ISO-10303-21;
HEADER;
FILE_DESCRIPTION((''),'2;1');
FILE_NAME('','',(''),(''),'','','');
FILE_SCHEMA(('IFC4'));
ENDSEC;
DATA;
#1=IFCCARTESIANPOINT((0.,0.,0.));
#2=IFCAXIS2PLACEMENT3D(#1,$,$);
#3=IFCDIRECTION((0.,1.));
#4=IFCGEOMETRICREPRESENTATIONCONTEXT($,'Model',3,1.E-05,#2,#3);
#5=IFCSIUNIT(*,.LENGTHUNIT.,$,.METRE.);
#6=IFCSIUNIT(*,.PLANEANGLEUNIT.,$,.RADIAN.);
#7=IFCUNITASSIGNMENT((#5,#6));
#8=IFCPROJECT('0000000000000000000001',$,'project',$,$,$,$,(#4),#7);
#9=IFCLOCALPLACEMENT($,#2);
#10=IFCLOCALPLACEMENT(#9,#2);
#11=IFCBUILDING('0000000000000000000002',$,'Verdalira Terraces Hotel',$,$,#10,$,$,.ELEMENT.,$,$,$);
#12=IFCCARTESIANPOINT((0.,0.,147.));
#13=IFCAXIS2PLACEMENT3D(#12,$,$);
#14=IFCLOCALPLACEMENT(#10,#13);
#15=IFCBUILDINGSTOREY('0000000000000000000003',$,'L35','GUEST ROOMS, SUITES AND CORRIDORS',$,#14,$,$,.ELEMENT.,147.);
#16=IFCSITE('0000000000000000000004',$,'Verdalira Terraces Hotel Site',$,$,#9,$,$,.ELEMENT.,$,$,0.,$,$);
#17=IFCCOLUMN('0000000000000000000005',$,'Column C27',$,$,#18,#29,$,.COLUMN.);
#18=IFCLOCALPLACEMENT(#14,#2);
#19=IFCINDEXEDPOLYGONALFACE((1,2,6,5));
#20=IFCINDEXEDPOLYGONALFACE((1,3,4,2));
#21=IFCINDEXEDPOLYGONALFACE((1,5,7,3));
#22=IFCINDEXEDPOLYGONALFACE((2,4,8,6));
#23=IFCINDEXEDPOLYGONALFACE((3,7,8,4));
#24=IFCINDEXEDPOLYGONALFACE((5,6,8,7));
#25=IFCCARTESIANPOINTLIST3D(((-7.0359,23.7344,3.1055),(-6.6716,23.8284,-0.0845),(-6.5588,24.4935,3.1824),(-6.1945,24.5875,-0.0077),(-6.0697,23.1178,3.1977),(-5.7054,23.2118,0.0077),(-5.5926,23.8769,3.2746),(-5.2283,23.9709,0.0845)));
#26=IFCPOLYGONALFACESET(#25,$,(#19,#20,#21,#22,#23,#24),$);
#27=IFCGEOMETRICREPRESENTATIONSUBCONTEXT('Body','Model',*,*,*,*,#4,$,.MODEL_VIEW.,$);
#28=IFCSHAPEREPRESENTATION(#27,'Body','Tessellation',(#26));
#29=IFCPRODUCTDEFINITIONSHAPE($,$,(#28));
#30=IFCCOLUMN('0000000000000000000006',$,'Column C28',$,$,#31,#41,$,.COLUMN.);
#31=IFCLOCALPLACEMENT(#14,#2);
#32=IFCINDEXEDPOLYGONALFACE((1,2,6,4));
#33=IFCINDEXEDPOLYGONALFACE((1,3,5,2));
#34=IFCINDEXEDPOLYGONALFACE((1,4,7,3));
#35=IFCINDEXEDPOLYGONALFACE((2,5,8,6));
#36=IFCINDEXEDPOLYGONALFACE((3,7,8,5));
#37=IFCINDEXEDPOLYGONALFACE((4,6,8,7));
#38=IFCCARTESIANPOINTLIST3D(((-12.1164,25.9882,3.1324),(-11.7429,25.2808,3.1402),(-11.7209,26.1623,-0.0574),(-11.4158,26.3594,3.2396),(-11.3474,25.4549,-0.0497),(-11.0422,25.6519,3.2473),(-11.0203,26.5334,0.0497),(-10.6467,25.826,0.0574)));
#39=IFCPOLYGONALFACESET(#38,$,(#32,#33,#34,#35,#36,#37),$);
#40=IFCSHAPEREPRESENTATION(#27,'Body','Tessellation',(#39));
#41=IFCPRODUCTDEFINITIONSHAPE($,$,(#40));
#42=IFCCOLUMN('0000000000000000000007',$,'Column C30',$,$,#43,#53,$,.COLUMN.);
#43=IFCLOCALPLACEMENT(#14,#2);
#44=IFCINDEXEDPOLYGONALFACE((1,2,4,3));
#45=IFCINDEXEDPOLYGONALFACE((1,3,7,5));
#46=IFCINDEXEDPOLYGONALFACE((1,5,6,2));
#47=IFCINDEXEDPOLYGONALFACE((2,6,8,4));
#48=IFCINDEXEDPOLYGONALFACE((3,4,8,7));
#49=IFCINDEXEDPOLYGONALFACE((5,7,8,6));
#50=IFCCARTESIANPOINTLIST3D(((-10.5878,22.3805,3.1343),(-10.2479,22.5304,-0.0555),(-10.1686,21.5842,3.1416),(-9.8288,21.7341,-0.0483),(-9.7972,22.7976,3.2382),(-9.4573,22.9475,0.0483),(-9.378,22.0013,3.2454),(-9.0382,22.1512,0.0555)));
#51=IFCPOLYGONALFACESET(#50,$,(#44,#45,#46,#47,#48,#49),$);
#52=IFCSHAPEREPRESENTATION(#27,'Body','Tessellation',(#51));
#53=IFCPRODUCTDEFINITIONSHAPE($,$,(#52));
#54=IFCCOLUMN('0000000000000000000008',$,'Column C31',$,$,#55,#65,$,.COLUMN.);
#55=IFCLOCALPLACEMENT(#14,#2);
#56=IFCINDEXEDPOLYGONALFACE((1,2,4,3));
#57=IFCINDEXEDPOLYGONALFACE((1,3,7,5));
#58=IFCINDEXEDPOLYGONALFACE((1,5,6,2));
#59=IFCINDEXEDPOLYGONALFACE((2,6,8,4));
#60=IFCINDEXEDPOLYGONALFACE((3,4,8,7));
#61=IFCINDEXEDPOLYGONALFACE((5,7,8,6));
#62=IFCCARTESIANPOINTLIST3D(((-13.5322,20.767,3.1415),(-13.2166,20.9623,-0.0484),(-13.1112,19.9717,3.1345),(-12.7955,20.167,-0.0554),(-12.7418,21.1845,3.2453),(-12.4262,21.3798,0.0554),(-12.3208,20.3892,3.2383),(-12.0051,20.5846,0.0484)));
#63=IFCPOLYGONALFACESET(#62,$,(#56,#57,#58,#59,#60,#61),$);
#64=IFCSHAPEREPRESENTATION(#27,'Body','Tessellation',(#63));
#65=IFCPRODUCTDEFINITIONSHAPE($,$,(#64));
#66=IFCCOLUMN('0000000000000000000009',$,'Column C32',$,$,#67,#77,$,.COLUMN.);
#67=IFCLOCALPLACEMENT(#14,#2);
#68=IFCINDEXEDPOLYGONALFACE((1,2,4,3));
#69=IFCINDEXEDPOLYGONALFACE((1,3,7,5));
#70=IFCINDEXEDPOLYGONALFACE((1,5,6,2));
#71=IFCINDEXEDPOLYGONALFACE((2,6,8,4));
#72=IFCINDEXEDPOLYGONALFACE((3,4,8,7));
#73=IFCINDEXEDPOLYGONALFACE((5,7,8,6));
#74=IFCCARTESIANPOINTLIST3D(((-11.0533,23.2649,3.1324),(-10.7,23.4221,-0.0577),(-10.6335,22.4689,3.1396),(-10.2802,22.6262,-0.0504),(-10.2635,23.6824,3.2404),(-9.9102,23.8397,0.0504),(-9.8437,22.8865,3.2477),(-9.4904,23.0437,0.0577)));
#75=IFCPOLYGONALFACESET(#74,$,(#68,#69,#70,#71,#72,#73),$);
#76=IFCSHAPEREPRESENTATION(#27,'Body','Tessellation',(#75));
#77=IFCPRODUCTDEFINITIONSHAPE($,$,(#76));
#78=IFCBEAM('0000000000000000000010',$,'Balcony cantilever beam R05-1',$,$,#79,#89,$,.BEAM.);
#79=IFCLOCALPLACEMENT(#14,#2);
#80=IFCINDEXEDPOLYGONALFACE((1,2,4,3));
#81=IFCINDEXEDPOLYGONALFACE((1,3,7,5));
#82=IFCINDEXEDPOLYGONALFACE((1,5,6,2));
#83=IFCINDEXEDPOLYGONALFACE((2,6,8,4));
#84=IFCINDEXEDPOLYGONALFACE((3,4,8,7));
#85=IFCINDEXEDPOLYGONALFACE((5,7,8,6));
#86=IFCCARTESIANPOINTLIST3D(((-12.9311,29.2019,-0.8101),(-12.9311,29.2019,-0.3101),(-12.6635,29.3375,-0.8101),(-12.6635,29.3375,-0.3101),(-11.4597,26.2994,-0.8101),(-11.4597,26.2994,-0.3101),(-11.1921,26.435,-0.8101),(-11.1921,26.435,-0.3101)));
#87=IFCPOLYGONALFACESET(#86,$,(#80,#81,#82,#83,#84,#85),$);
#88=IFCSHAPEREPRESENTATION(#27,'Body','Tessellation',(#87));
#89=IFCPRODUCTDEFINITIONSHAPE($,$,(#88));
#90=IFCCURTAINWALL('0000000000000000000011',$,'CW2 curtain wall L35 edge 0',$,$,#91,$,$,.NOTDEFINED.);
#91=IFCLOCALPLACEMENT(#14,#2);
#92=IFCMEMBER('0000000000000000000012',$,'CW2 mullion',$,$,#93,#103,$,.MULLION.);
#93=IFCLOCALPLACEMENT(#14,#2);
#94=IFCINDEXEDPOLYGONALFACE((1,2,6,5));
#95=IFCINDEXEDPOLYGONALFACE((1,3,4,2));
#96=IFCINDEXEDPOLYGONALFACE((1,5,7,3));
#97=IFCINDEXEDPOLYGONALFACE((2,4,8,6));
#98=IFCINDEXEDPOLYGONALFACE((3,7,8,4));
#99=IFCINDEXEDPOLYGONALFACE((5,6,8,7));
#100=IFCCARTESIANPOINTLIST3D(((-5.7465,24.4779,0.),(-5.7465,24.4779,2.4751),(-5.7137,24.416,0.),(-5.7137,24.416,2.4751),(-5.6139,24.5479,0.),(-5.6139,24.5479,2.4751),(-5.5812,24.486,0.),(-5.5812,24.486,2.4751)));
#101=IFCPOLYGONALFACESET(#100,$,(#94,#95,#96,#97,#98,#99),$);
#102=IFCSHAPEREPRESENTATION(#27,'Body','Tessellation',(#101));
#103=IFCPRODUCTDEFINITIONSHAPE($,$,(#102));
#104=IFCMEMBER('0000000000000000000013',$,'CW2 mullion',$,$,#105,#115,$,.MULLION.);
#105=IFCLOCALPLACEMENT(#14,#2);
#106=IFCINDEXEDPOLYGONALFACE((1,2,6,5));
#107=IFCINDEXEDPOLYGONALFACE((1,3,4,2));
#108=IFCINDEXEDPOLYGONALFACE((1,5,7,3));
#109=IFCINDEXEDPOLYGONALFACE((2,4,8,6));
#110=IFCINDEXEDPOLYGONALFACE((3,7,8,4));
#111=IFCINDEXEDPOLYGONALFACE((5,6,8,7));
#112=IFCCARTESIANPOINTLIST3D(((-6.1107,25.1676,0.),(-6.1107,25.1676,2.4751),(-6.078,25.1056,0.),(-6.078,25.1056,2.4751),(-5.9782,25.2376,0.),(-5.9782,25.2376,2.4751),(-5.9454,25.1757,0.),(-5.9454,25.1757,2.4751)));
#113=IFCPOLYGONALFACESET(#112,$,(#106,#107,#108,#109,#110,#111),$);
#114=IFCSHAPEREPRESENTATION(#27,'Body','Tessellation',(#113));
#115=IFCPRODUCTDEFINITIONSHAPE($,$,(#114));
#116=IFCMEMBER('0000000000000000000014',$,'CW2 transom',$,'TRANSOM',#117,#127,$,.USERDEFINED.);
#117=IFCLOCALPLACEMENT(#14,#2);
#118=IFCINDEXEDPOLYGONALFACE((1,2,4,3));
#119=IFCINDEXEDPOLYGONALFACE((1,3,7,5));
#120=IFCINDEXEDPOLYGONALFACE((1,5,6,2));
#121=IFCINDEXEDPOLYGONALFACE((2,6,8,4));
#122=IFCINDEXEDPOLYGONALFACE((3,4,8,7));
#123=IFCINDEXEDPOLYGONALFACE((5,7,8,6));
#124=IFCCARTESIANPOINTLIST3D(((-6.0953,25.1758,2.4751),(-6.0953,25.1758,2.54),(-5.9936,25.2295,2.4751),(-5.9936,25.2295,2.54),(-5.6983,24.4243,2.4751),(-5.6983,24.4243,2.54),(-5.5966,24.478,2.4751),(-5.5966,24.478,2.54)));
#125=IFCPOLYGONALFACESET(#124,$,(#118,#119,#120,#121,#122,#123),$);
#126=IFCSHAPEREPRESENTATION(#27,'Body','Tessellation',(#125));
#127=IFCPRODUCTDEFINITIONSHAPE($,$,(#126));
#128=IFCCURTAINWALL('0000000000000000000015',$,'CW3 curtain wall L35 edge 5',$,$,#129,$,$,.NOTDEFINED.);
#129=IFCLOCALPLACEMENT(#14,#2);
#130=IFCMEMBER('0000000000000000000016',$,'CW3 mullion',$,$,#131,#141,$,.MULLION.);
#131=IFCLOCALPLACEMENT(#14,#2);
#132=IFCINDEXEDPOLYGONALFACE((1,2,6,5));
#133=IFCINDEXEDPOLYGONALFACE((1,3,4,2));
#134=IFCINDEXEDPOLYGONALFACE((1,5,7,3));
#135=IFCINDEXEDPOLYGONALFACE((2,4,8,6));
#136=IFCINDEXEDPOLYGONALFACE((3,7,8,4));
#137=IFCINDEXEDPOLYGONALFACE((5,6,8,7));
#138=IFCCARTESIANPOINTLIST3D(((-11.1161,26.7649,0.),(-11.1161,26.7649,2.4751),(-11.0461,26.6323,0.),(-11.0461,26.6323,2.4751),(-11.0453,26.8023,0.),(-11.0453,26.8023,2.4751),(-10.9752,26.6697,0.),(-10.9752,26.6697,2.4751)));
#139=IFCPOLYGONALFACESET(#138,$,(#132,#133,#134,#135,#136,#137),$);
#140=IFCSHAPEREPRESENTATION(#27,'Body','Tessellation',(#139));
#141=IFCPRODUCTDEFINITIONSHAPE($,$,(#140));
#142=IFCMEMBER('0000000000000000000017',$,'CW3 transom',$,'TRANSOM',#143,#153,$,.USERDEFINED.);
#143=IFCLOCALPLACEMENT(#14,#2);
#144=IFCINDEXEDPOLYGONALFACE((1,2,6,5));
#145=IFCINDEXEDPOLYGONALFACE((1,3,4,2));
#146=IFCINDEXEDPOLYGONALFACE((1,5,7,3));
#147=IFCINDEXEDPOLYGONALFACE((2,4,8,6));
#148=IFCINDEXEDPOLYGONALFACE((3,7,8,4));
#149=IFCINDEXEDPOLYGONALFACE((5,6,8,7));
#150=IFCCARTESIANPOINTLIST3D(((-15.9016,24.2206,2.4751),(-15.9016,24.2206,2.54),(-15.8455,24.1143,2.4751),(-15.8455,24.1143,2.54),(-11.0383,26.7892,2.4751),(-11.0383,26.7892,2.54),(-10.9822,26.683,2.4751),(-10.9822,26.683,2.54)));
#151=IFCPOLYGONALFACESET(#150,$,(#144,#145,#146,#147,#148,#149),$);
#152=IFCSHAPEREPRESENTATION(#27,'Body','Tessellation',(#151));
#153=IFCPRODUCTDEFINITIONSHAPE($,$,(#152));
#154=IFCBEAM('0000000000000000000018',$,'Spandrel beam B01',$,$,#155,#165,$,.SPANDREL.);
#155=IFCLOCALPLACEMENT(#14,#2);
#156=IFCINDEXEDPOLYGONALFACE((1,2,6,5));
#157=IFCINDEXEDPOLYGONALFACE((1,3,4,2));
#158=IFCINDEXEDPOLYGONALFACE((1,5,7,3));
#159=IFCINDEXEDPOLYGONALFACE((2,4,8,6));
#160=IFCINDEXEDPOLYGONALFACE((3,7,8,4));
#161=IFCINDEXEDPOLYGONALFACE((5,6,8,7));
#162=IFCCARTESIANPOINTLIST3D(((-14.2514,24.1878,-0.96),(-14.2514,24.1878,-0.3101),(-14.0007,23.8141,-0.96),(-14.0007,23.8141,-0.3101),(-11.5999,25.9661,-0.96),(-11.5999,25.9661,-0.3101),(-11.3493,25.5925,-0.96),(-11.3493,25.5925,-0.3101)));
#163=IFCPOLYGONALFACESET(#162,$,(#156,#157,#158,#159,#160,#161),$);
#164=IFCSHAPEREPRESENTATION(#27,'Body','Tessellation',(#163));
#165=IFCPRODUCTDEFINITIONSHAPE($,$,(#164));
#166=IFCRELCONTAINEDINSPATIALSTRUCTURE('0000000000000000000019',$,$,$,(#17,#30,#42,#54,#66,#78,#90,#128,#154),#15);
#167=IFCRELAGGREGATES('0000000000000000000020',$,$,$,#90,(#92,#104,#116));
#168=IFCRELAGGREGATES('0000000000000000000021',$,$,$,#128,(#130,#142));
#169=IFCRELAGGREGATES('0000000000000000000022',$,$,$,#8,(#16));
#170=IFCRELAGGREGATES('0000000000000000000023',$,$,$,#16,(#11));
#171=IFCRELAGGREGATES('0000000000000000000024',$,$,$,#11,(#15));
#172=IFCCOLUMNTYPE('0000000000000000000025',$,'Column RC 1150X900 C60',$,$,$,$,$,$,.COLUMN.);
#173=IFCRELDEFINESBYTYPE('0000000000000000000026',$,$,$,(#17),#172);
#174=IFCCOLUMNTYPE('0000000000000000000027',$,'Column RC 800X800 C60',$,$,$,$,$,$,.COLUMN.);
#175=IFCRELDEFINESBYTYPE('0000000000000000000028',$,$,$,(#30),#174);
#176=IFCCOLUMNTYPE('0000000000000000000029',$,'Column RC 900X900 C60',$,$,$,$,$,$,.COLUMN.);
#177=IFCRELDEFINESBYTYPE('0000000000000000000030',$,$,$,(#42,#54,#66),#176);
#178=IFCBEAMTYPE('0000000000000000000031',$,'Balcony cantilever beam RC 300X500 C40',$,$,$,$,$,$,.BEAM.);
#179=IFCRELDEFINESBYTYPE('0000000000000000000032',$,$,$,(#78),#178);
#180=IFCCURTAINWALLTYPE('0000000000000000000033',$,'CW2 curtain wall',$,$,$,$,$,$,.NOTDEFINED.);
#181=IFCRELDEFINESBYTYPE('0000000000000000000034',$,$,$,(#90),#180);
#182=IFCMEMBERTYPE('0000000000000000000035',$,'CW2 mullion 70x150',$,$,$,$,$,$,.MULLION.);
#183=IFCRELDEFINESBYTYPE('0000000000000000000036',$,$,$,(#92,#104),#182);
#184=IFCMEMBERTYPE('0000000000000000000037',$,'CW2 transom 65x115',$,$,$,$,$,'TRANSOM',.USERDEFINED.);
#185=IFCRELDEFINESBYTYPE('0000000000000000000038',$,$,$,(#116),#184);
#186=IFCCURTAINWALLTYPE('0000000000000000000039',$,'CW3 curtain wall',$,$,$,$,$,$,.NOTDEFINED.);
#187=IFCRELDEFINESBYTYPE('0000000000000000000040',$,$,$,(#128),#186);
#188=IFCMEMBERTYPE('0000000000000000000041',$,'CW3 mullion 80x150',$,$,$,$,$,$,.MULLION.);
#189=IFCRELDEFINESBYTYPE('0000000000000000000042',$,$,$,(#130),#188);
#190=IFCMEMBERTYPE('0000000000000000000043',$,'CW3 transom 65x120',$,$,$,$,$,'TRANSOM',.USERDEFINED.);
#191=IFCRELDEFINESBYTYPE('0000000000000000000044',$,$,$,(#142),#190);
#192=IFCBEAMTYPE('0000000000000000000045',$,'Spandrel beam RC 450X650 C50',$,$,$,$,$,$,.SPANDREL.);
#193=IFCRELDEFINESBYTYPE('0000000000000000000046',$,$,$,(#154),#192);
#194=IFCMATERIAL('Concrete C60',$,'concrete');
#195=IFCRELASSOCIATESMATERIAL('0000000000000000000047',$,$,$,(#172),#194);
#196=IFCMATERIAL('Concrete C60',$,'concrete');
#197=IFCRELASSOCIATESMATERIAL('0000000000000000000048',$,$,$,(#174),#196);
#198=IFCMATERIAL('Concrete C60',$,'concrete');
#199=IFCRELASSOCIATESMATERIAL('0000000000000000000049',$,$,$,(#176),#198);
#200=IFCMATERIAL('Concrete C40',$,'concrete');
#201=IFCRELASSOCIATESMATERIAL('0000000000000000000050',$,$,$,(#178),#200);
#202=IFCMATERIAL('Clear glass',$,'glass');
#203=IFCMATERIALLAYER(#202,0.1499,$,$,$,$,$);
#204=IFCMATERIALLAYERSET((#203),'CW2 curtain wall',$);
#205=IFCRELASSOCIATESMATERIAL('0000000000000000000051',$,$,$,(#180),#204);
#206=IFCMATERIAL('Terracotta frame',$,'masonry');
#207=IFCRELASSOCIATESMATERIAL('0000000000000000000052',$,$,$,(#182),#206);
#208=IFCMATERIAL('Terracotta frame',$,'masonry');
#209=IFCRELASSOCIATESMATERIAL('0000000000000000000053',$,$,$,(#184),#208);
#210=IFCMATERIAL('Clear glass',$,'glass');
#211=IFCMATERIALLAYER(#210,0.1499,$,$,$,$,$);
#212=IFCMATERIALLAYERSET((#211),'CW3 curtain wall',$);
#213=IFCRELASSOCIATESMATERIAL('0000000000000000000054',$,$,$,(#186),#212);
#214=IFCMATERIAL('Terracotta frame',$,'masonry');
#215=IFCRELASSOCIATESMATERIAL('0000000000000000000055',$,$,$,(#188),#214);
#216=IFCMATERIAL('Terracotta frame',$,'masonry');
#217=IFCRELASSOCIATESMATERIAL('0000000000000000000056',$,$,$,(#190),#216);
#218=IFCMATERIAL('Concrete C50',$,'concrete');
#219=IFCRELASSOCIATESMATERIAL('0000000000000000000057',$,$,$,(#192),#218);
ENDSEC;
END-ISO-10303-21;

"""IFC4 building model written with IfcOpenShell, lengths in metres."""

from ifc_helpers import new_model, si_unit, direction, frame, origin, origin_2d, place, context, subcontext, project, spatial, rectangle, extrude, material, layer, layer_set, material_profile, profile_set, type_object, element, aggregate, save


model = new_model("IFC4")

# Units and contexts
model_context = context("Model", 3, precision=1e-05, world=origin(), true_north=direction((0.0, 1.0)))
body_context = subcontext(model_context, "Body", "Model", "MODEL_VIEW")
ifc_project = project(units=[si_unit("LENGTHUNIT", "METRE"), si_unit("PLANEANGLEUNIT", "RADIAN")], contexts=[model_context])

# Site, building, storey
site_placement = place(None, origin())
site = spatial("IfcSite", under=ifc_project, at=site_placement, Name="Verdalira Terraces Hotel Site", CompositionType="ELEMENT", RefElevation=0.0)
building_placement = place(site_placement, origin())
building = spatial("IfcBuilding", under=site, at=building_placement, Name="Verdalira Terraces Hotel", CompositionType="ELEMENT")
storey_placement = place(building_placement, frame((0.0, 0.0, 147.0)))
storey = spatial("IfcBuildingStorey", under=building, at=storey_placement, Name="L35", Description="GUEST ROOMS, SUITES AND CORRIDORS", CompositionType="ELEMENT", Elevation=147.0)

# Columns
ifc_material_1 = material(Name="Concrete C60", Category="concrete")
ifc_material_profile_1 = material_profile(ifc_material_1, rectangle(XDim=1.1499, YDim=0.8999, at=origin_2d()), Name="RC 1150X900")
ifc_profile_set_1 = profile_set([ifc_material_profile_1], Name="Concrete C60")
column_type_1 = type_object("IfcColumnType", Name="Column RC 1150X900 C60", PredefinedType="COLUMN", material=ifc_profile_set_1)
column_1_placement = place(storey_placement, frame((-5.95, 23.8997, 0.0), z_axis=(-0.113404, -0.029263, 0.993118), x_axis=(0.840254, -0.536237, 0.080148)))
element("IfcColumn", 1, at=column_1_placement, inside=storey, type_object=column_type_1, Name="Column C27", PredefinedType="COLUMN", context=body_context, shape_type="SweptSolid", body=[
    extrude(rectangle(XDim=1.1499, YDim=0.8999, at=origin_2d()), origin(), (0.0, 0.0, 1.0), 3.2122),
])
ifc_material_2 = material(Name="Concrete C60", Category="concrete")
ifc_material_profile_2 = material_profile(ifc_material_2, rectangle(XDim=0.8, YDim=0.8, at=origin_2d()), Name="RC 800X800")
ifc_profile_set_2 = profile_set([ifc_material_profile_2], Name="Concrete C60")
column_type_2 = type_object("IfcColumnType", Name="Column RC 800X800 C60", PredefinedType="COLUMN", material=ifc_profile_set_2)
column_2_placement = place(storey_placement, frame((-11.1838, 25.9941, 0.0), z_axis=(-0.122864, -0.054075, 0.990949), x_axis=(-0.875723, -0.463877, -0.133891)))
element("IfcColumn", 2, at=column_2_placement, inside=storey, type_object=column_type_2, Name="Column C28", PredefinedType="COLUMN", context=body_context, shape_type="SweptSolid", body=[
    extrude(rectangle(XDim=0.8, YDim=0.8, at=origin_2d()), origin(), (0.0, 0.0, 1.0), 3.219),
])
ifc_material_3 = material(Name="Concrete C60", Category="concrete")
ifc_material_profile_3 = material_profile(ifc_material_3, rectangle(XDim=0.8999, YDim=0.8999, at=origin_2d()), Name="RC 900X900")
ifc_profile_set_3 = profile_set([ifc_material_profile_3], Name="Concrete C60")
column_type_3 = type_object("IfcColumnType", Name="Column RC 900X900 C60", PredefinedType="COLUMN", material=ifc_profile_set_3)
for number, where, z_axis, x_axis, name in (
    (3, (-9.6431, 22.3408, 0.0), (-0.105821, -0.046677, 0.993289), (-0.465784, 0.884862, -0.008041), "Column C30"),
    (4, (-12.6108, 20.7734, 0.0), (-0.098296, -0.060817, 0.993297), (-0.46787, 0.883763, 0.007811), "Column C31"),
):
    element("IfcColumn", number, at=place(storey_placement, frame(where, z_axis=z_axis, x_axis=x_axis)), inside=storey, type_object=column_type_3, Name=name, PredefinedType="COLUMN", context=body_context, shape_type="SweptSolid", body=[
        extrude(rectangle(XDim=0.8999, YDim=0.8999, at=origin_2d()), origin(), (0.0, 0.0, 1.0), 3.2114),
    ])
column_3_placement = place(storey_placement, frame((-10.0952, 23.2329, 0.0), z_axis=(-0.109941, -0.04893, 0.992733), x_axis=(-0.466527, 0.88447, -0.008072)))
element("IfcColumn", 5, at=column_3_placement, inside=storey, type_object=column_type_3, Name="Column C32", PredefinedType="COLUMN", context=body_context, shape_type="SweptSolid", body=[
    extrude(rectangle(XDim=0.8999, YDim=0.8999, at=origin_2d()), origin(), (0.0, 0.0, 1.0), 3.2134),
])

# Beam
ifc_material_4 = material(Name="Concrete C40", Category="concrete")
ifc_material_profile_4 = material_profile(ifc_material_4, rectangle(XDim=0.3, YDim=0.5, at=origin_2d()), Name="RC 300X500")
ifc_profile_set_4 = profile_set([ifc_material_profile_4], Name="Concrete C40")
beam_type_1 = type_object("IfcBeamType", Name="Balcony cantilever beam RC 300X500 C40", PredefinedType="BEAM", material=ifc_profile_set_4)
beam_1_placement = place(storey_placement, frame((-11.3259, 26.3672, -0.5601), z_axis=(-0.452158, 0.891938, 0.0), x_axis=(-0.891938, -0.452158, 0.0)))
element("IfcBeam", 6, at=beam_1_placement, inside=storey, type_object=beam_type_1, Name="Balcony cantilever beam R05-1", PredefinedType="BEAM", context=body_context, shape_type="SweptSolid", body=[
    extrude(rectangle(XDim=0.3, YDim=0.5, at=origin_2d()), origin(), (0.0, 0.0, 1.0), 3.2542),
])

# Curtain walls, members
ifc_material_5 = material(Name="Clear glass", Category="glass")
ifc_layer_1 = layer(ifc_material_5, 0.1499)
ifc_layer_set_1 = layer_set([ifc_layer_1], Name="CW2 curtain wall")
curtain_wall_type_1 = type_object("IfcCurtainWallType", Name="CW2 curtain wall", PredefinedType="NOTDEFINED", material=ifc_layer_set_1)
curtain_wall_1_placement = place(storey_placement, origin())
curtain_wall_1 = element("IfcCurtainWall", 7, at=curtain_wall_1_placement, inside=storey, type_object=curtain_wall_type_1, Name="CW2 curtain wall L35 edge 0", PredefinedType="NOTDEFINED")
ifc_material_6 = material(Name="Terracotta frame", Category="masonry")
ifc_material_profile_5 = material_profile(ifc_material_6, rectangle(XDim=0.0701, YDim=0.1499, at=origin_2d()), Name="MU 70x150")
ifc_profile_set_5 = profile_set([ifc_material_profile_5], Name="Terracotta frame")
member_type_1 = type_object("IfcMemberType", Name="CW2 mullion 70x150", PredefinedType="MULLION", material=ifc_profile_set_5)
member_1_placement = place(storey_placement, frame((-5.6638, 24.4819, 0.0), z_axis=(0.0, 0.0, 1.0), x_axis=(-0.467004, 0.884255, 0.0)))
member_1 = element("IfcMember", 8, at=member_1_placement, type_object=member_type_1, Name="CW2 mullion", PredefinedType="MULLION", context=body_context, shape_type="SweptSolid", body=[
    extrude(rectangle(XDim=0.0701, YDim=0.1499, at=origin_2d()), origin(), (0.0, 0.0, 1.0), 2.4751),
])
member_2_placement = place(storey_placement, frame((-6.0281, 25.1716, 0.0), z_axis=(0.0, 0.0, 1.0), x_axis=(-0.467004, 0.884255, 0.0)))
member_2 = element("IfcMember", 9, at=member_2_placement, type_object=member_type_1, Name="CW2 mullion", PredefinedType="MULLION", context=body_context, shape_type="SweptSolid", body=[
    extrude(rectangle(XDim=0.0701, YDim=0.1499, at=origin_2d()), origin(), (0.0, 0.0, 1.0), 2.4751),
])
ifc_material_7 = material(Name="Terracotta frame", Category="masonry")
ifc_material_profile_6 = material_profile(ifc_material_7, rectangle(XDim=0.115, YDim=0.0649, at=origin_2d()), Name="TR 65x115")
ifc_profile_set_6 = profile_set([ifc_material_profile_6], Name="Terracotta frame")
member_type_2 = type_object("IfcMemberType", Name="CW2 transom 65x115", ElementType="TRANSOM", PredefinedType="USERDEFINED", material=ifc_profile_set_6)
member_3_placement = place(storey_placement, frame((-5.6475, 24.4512, 2.5076), z_axis=(-0.467096, 0.884207, 0.0), x_axis=(-0.884207, -0.467096, 0.0)))
member_3 = element("IfcMember", 10, at=member_3_placement, type_object=member_type_2, Name="CW2 transom", ObjectType="TRANSOM", PredefinedType="USERDEFINED", context=body_context, shape_type="SweptSolid", body=[
    extrude(rectangle(XDim=0.115, YDim=0.0649, at=origin_2d()), origin(), (0.0, 0.0, 1.0), 0.8499),
])
ifc_material_8 = material(Name="Clear glass", Category="glass")
ifc_layer_2 = layer(ifc_material_8, 0.1499)
ifc_layer_set_2 = layer_set([ifc_layer_2], Name="CW3 curtain wall")
curtain_wall_type_2 = type_object("IfcCurtainWallType", Name="CW3 curtain wall", PredefinedType="NOTDEFINED", material=ifc_layer_set_2)
curtain_wall_2_placement = place(storey_placement, origin())
curtain_wall_2 = element("IfcCurtainWall", 11, at=curtain_wall_2_placement, inside=storey, type_object=curtain_wall_type_2, Name="CW3 curtain wall L35 edge 5", PredefinedType="NOTDEFINED")
ifc_material_9 = material(Name="Terracotta frame", Category="masonry")
ifc_material_profile_7 = material_profile(ifc_material_9, rectangle(XDim=0.0801, YDim=0.1499, at=origin_2d()), Name="MU 80x150")
ifc_profile_set_7 = profile_set([ifc_material_profile_7], Name="Terracotta frame")
member_type_3 = type_object("IfcMemberType", Name="CW3 mullion 80x150", PredefinedType="MULLION", material=ifc_profile_set_7)
member_4_placement = place(storey_placement, frame((-11.0457, 26.7173, 0.0), z_axis=(0.0, 0.0, 1.0), x_axis=(-0.884255, -0.467004, 0.0)))
member_4 = element("IfcMember", 12, at=member_4_placement, type_object=member_type_3, Name="CW3 mullion", PredefinedType="MULLION", context=body_context, shape_type="SweptSolid", body=[
    extrude(rectangle(XDim=0.0801, YDim=0.1499, at=origin_2d()), origin(), (0.0, 0.0, 1.0), 2.4751),
])
ifc_material_10 = material(Name="Terracotta frame", Category="masonry")
ifc_material_profile_8 = material_profile(ifc_material_10, rectangle(XDim=0.1201, YDim=0.0649, at=origin_2d()), Name="TR 65x120")
ifc_profile_set_8 = profile_set([ifc_material_profile_8], Name="Terracotta frame")
member_type_4 = type_object("IfcMemberType", Name="CW3 transom 65x120", ElementType="TRANSOM", PredefinedType="USERDEFINED", material=ifc_profile_set_8)
member_5_placement = place(storey_placement, frame((-11.0103, 26.7361, 2.5076), z_axis=(-0.884244, -0.467025, 0.0), x_axis=(0.467025, -0.884244, 0.0)))
member_5 = element("IfcMember", 13, at=member_5_placement, type_object=member_type_4, Name="CW3 transom", ObjectType="TRANSOM", PredefinedType="USERDEFINED", context=body_context, shape_type="SweptSolid", body=[
    extrude(rectangle(XDim=0.1201, YDim=0.0649, at=origin_2d()), origin(), (0.0, 0.0, 1.0), 5.5),
])

# Beam
ifc_material_11 = material(Name="Concrete C50", Category="concrete")
ifc_material_profile_9 = material_profile(ifc_material_11, rectangle(XDim=0.45, YDim=0.6499, at=origin_2d()), Name="RC 450X650")
ifc_profile_set_9 = profile_set([ifc_material_profile_9], Name="Concrete C50")
beam_type_2 = type_object("IfcBeamType", Name="Spandrel beam RC 450X650 C50", PredefinedType="SPANDREL", material=ifc_profile_set_9)
beam_2_placement = place(storey_placement, frame((-11.4746, 25.7793, -0.635), z_axis=(-0.830494, -0.557028, 0.0), x_axis=(0.557028, -0.830494, 0.0)))
element("IfcBeam", 14, at=beam_2_placement, inside=storey, type_object=beam_type_2, Name="Spandrel beam B01", PredefinedType="SPANDREL", context=body_context, shape_type="SweptSolid", body=[
    extrude(rectangle(XDim=0.45, YDim=0.6499, at=origin_2d()), origin(), (0.0, 0.0, 1.0), 3.1926),
])

aggregate(curtain_wall_1, [member_1, member_2, member_3])
aggregate(curtain_wall_2, [member_4, member_5])

save(model, "model.ifc")
